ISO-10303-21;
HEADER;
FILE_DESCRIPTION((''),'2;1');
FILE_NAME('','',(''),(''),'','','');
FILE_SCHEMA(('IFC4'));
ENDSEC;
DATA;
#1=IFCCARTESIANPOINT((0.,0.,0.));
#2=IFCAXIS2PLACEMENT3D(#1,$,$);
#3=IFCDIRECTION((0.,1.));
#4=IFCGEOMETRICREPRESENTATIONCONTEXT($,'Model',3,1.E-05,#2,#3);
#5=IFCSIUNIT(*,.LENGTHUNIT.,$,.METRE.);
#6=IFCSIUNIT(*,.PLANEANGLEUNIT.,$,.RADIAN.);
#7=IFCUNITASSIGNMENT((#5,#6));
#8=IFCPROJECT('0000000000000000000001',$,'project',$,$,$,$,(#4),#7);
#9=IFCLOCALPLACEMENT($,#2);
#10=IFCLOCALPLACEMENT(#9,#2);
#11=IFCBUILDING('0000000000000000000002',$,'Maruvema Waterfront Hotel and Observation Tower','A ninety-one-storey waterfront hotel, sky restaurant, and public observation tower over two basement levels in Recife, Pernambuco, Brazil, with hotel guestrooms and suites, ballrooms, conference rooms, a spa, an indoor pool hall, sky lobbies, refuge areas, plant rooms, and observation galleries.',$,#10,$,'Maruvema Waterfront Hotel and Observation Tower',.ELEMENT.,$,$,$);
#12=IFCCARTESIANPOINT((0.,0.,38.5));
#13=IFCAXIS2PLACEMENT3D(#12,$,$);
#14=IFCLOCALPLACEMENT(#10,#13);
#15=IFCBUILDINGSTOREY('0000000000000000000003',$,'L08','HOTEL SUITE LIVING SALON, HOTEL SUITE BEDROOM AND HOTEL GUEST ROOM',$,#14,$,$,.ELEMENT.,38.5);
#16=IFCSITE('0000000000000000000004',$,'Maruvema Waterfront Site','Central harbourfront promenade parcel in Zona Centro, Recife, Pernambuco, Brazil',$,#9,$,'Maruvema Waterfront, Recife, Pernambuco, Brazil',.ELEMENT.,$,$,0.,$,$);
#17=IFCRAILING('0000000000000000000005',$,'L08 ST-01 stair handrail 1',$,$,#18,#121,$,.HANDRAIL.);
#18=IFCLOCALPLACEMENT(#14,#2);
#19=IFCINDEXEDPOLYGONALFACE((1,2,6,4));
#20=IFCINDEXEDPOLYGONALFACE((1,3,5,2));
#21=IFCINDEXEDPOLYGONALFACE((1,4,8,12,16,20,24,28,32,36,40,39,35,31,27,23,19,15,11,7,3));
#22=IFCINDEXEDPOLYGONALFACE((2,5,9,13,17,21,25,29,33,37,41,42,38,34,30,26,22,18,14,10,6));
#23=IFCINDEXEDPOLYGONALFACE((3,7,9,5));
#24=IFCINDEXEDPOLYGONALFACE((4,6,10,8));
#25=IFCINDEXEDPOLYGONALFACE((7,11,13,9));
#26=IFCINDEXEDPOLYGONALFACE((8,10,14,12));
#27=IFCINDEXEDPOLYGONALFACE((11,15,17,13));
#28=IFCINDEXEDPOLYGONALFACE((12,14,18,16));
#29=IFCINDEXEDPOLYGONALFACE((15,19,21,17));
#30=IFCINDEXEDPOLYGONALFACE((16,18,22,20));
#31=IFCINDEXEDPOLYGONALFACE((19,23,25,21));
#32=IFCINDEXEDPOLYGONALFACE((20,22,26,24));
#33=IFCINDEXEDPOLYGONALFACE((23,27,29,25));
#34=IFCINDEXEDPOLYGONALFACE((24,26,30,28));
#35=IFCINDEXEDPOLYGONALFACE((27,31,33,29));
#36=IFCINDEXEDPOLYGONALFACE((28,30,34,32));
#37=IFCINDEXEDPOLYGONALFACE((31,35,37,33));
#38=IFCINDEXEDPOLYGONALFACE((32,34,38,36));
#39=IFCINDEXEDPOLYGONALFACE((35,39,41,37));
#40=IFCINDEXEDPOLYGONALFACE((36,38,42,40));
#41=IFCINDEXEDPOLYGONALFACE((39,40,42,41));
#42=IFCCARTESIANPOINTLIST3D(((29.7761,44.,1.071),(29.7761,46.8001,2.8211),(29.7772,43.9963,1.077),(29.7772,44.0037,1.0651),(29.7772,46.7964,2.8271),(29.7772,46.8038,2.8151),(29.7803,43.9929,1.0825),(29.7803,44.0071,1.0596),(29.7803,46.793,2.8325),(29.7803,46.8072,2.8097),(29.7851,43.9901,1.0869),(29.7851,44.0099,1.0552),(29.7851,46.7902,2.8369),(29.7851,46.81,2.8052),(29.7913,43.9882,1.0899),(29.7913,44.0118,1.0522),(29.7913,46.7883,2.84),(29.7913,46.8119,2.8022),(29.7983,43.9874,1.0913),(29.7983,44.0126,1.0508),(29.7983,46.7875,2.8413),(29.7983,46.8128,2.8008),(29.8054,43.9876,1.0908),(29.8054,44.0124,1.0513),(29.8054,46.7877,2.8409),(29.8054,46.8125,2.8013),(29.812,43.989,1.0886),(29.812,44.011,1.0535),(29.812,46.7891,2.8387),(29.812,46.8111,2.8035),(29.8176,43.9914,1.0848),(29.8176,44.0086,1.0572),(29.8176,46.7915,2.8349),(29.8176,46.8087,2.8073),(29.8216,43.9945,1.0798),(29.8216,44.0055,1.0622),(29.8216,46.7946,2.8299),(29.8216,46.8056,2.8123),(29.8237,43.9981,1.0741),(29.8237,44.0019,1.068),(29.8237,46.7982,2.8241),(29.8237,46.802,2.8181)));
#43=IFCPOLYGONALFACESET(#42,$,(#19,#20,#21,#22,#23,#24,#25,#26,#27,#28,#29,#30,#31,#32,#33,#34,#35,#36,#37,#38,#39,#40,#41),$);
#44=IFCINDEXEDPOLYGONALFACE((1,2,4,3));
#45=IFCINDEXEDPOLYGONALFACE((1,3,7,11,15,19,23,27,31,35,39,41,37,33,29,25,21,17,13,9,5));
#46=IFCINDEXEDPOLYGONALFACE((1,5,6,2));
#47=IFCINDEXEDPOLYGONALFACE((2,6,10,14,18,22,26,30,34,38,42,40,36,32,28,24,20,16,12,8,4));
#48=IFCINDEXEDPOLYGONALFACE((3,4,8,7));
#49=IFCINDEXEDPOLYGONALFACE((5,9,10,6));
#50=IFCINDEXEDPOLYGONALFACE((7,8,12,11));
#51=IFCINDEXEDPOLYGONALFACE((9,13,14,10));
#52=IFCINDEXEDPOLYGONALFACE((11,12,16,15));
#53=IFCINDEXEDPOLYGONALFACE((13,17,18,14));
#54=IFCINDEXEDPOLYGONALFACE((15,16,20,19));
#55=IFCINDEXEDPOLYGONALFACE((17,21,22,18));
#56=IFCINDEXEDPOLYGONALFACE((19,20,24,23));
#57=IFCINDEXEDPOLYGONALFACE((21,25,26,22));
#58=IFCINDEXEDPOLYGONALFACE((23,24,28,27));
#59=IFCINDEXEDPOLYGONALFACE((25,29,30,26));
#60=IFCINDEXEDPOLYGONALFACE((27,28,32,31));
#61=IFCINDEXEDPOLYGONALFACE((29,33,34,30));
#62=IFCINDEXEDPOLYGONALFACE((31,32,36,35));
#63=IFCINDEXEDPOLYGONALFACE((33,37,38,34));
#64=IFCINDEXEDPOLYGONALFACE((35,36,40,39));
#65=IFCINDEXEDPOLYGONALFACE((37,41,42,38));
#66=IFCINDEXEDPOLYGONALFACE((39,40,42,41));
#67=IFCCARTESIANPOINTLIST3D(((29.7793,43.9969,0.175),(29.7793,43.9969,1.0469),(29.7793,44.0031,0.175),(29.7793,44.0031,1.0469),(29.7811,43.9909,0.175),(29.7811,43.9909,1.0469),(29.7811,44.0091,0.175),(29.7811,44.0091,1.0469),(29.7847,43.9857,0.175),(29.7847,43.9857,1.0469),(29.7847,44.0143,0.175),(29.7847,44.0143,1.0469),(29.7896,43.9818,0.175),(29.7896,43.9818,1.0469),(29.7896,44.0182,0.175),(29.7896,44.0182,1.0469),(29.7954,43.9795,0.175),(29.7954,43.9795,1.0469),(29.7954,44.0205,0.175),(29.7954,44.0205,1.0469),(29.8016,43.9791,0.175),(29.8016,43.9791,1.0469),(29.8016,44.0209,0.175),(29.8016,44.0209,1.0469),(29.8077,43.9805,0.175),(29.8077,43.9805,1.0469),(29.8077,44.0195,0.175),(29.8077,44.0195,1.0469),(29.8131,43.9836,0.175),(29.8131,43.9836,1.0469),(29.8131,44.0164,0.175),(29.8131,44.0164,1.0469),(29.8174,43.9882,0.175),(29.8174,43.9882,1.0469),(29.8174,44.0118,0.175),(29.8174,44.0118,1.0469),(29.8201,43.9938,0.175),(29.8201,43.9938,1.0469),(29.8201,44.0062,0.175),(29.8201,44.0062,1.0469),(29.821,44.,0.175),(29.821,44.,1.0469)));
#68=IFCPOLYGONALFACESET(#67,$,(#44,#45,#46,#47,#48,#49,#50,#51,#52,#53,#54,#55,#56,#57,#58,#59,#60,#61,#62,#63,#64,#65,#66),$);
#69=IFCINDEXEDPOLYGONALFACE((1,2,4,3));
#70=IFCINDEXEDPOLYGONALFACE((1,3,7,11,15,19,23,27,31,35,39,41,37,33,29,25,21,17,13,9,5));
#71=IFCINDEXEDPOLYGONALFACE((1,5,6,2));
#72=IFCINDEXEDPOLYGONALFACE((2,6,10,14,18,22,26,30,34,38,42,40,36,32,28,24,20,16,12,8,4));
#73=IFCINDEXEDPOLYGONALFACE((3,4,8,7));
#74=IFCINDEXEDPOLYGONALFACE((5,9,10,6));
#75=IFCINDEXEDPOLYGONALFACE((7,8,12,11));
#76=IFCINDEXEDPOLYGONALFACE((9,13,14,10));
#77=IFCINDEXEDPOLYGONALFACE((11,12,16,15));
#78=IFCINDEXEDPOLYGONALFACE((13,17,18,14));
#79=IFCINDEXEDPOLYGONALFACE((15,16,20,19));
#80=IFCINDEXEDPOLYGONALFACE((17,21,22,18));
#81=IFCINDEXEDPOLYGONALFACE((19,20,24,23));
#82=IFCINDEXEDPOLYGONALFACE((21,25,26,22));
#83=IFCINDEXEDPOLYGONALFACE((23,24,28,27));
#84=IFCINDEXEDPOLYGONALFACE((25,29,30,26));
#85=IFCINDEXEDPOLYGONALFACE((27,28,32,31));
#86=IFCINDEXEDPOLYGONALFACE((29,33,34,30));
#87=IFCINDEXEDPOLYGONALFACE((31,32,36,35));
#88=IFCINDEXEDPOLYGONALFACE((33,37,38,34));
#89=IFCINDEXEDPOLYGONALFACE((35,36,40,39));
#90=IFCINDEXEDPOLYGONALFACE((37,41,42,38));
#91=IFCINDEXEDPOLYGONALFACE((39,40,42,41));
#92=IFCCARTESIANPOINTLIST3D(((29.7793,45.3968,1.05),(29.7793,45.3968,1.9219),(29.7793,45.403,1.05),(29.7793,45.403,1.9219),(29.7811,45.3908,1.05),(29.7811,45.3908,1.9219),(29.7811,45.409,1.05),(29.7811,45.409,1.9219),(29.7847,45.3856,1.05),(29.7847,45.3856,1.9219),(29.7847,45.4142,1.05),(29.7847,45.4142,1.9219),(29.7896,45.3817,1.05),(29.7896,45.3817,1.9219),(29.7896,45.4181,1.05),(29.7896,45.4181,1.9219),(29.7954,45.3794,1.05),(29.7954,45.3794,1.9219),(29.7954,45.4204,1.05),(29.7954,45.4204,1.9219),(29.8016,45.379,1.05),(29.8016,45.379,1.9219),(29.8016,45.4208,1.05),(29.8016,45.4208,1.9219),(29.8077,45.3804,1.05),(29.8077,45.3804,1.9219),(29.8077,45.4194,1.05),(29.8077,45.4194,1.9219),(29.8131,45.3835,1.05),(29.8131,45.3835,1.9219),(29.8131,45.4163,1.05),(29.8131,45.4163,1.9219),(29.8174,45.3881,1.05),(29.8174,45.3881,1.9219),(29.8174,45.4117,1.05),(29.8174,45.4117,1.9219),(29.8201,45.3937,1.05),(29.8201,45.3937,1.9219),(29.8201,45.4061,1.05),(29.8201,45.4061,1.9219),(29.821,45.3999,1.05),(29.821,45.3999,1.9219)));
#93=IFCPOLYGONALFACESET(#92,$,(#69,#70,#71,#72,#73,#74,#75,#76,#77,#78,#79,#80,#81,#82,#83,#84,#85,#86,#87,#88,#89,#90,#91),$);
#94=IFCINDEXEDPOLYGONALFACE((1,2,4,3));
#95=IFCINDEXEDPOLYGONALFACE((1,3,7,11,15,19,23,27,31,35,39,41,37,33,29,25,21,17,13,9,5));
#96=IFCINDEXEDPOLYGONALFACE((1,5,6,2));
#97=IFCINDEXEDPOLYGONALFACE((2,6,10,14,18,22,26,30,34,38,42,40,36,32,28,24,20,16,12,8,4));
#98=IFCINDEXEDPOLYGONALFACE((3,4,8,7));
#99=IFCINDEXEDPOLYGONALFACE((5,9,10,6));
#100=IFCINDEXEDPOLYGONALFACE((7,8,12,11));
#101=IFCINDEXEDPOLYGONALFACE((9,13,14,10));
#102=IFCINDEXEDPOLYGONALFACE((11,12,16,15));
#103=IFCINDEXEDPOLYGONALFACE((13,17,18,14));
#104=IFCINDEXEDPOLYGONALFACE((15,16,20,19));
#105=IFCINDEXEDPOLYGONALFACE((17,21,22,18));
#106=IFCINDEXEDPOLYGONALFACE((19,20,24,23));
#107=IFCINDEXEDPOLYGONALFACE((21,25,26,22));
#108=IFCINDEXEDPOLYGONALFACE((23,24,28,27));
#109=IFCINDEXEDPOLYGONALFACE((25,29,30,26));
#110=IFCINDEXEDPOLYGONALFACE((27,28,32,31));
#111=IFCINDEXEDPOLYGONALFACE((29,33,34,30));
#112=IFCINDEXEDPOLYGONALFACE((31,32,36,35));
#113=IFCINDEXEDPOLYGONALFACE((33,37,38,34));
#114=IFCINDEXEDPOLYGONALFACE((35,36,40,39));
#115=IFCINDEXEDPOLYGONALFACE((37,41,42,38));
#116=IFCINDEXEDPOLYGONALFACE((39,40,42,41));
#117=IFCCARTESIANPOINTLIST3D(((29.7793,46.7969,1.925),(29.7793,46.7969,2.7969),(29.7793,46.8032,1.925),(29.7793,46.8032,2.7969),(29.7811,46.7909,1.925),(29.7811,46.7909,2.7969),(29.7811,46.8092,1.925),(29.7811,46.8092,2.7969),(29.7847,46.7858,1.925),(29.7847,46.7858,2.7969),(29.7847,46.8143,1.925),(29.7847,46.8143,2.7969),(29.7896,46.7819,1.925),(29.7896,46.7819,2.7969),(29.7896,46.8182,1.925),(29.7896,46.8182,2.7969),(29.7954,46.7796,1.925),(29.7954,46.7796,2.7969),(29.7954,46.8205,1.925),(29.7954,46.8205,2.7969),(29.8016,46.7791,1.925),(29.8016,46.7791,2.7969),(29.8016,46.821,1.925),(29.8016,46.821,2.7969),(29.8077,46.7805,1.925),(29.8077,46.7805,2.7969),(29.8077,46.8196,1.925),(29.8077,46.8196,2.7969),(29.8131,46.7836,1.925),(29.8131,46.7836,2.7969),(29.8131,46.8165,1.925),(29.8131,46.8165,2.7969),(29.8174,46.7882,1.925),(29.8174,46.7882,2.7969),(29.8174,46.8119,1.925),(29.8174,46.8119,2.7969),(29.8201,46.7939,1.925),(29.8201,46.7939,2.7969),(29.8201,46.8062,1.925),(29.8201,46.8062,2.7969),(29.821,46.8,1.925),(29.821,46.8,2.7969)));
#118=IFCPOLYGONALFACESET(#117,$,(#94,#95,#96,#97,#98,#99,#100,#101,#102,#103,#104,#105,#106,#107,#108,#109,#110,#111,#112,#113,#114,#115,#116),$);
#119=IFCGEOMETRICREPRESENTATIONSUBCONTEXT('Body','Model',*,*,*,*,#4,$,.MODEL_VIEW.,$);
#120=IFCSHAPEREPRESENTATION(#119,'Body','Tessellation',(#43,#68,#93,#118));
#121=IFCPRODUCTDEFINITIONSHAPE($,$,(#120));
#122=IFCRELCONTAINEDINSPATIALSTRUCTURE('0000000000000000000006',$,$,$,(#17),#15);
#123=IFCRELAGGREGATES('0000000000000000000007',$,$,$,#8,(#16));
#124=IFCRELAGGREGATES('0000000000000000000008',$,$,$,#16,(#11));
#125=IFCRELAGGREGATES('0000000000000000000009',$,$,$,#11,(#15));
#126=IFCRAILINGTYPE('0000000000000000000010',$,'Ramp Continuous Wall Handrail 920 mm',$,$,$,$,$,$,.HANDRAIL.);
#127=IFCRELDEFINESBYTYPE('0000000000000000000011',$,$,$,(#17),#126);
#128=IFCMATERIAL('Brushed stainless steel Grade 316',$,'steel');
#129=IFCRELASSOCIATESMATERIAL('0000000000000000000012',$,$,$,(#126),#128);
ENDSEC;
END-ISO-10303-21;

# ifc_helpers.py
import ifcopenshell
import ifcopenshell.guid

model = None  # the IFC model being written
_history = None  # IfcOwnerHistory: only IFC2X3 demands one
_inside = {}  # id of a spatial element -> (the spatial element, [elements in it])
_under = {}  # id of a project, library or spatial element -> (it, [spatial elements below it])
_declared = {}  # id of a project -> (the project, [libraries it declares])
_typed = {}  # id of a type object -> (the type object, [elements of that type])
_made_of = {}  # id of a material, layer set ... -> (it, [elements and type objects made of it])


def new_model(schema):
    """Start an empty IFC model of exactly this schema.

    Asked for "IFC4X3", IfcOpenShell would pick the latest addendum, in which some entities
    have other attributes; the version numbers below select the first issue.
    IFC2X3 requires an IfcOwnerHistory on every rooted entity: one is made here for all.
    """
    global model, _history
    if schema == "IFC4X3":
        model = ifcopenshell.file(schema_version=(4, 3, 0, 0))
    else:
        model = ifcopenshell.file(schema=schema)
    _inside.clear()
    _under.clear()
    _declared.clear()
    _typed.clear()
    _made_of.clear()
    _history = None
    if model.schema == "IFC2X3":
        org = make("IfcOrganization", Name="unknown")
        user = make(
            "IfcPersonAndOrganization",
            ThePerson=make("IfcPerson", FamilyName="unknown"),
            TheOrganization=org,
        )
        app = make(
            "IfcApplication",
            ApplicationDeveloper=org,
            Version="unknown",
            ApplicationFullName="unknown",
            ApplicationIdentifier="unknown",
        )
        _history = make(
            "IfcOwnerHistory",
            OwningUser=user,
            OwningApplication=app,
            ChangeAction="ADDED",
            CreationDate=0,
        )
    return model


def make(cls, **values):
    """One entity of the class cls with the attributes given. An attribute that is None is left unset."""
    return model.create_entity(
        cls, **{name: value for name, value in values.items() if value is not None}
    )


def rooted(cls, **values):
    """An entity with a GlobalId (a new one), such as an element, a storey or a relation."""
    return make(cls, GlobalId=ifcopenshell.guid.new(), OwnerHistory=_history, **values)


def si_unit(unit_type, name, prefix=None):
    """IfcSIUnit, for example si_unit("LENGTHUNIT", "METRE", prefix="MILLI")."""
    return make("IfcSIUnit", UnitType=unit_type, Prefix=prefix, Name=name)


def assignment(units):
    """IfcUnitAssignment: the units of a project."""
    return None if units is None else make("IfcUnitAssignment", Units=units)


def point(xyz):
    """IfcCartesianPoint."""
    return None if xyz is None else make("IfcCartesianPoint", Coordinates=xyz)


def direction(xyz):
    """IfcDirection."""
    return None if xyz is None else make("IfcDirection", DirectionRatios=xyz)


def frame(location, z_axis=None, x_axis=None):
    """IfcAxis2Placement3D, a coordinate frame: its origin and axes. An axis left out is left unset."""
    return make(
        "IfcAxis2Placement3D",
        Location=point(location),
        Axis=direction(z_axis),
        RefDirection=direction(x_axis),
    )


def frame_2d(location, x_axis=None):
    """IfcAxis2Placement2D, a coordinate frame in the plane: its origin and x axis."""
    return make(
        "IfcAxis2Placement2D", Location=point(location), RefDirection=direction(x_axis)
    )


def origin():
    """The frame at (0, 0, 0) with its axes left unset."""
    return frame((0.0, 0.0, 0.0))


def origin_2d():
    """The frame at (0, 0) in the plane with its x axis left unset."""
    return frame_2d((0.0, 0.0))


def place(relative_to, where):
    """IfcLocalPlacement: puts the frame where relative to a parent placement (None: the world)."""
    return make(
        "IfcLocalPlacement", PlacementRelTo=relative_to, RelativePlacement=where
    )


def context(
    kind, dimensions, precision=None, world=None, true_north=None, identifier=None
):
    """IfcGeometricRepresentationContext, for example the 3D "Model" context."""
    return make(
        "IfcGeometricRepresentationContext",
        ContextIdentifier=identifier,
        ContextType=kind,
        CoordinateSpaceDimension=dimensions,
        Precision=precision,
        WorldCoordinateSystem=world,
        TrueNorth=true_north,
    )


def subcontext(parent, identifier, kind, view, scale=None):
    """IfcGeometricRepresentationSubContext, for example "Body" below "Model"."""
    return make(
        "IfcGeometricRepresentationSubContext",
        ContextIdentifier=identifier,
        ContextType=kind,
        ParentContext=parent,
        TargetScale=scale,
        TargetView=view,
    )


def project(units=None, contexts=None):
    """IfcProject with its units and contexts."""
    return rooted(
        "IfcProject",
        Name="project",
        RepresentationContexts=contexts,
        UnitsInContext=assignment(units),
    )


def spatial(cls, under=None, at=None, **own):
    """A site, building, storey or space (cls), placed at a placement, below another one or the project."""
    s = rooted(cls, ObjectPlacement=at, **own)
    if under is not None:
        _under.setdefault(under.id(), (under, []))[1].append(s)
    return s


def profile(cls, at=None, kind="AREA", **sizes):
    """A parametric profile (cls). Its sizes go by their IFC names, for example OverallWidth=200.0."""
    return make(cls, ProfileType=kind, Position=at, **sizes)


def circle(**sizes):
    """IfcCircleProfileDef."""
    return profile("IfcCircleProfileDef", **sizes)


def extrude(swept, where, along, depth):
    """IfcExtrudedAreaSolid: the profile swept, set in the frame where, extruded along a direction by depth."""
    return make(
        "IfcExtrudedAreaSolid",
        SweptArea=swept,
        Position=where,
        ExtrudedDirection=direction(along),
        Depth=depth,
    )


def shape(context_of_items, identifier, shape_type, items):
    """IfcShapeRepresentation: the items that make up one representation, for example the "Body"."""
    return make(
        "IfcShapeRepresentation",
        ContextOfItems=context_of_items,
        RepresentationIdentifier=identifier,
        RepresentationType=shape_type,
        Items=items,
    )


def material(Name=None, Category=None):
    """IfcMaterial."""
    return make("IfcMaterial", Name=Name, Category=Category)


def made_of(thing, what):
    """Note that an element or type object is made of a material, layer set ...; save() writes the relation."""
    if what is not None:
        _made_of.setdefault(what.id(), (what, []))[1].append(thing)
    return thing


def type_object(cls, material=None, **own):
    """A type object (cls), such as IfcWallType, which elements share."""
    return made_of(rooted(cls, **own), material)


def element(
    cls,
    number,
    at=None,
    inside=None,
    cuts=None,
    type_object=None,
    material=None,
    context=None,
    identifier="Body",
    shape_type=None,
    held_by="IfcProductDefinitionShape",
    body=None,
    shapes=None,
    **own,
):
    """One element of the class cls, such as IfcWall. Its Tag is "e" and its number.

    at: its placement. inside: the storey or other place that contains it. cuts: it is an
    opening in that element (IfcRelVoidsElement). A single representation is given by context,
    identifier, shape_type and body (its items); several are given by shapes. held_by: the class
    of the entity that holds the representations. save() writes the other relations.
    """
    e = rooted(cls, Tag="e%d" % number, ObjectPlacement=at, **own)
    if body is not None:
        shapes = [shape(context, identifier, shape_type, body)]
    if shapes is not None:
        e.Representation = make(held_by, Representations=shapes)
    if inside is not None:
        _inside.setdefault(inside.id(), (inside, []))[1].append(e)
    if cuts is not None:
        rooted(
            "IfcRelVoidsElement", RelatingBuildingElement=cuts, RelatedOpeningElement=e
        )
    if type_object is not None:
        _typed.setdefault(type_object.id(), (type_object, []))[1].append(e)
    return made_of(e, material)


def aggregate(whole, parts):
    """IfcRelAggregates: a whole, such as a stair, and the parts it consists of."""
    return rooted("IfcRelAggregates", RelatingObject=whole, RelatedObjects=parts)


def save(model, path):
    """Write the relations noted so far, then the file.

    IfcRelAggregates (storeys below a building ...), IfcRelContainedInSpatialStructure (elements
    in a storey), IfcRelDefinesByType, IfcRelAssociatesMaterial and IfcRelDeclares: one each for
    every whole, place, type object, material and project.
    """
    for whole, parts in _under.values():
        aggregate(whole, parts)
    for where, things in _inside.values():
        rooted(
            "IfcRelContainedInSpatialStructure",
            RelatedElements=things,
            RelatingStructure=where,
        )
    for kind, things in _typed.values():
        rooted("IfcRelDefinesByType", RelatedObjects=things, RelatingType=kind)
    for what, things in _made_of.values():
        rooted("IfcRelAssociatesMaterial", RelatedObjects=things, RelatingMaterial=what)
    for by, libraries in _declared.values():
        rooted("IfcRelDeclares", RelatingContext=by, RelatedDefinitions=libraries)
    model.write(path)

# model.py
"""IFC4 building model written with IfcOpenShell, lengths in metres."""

from ifc_helpers import new_model, si_unit, direction, frame, origin, origin_2d, place, context, subcontext, project, spatial, circle, extrude, material, type_object, element, save


model = new_model("IFC4")

# Units and contexts
model_context = context("Model", 3, precision=1e-05, world=origin(), true_north=direction((0.0, 1.0)))
body_context = subcontext(model_context, "Body", "Model", "MODEL_VIEW")
ifc_project = project(units=[si_unit("LENGTHUNIT", "METRE"), si_unit("PLANEANGLEUNIT", "RADIAN")], contexts=[model_context])

# Site, building, storey
site_placement = place(None, origin())
site = spatial("IfcSite", under=ifc_project, at=site_placement, Name="Maruvema Waterfront Site", Description="Central harbourfront promenade parcel in Zona Centro, Recife, Pernambuco, Brazil", LongName="Maruvema Waterfront, Recife, Pernambuco, Brazil", CompositionType="ELEMENT", RefElevation=0.0)
building_placement = place(site_placement, origin())
building = spatial("IfcBuilding", under=site, at=building_placement, Name="Maruvema Waterfront Hotel and Observation Tower", Description="A ninety-one-storey waterfront hotel, sky restaurant, and public observation tower over two basement levels in Recife, Pernambuco, Brazil, with hotel guestrooms and suites, ballrooms, conference rooms, a spa, an indoor pool hall, sky lobbies, refuge areas, plant rooms, and observation galleries.", LongName="Maruvema Waterfront Hotel and Observation Tower", CompositionType="ELEMENT")
storey_placement = place(building_placement, frame((0.0, 0.0, 38.5)))
storey = spatial("IfcBuildingStorey", under=building, at=storey_placement, Name="L08", Description="HOTEL SUITE LIVING SALON, HOTEL SUITE BEDROOM AND HOTEL GUEST ROOM", CompositionType="ELEMENT", Elevation=38.5)

# Railing
ifc_material_1 = material(Name="Brushed stainless steel Grade 316", Category="steel")
railing_type_1 = type_object("IfcRailingType", Name="Ramp Continuous Wall Handrail 920 mm", PredefinedType="HANDRAIL", material=ifc_material_1)
railing_1_placement = place(storey_placement, frame((29.8, 44.0, 0.175)))
element("IfcRailing", 1, at=railing_1_placement, inside=storey, type_object=railing_type_1, Name="L08 ST-01 stair handrail 1", PredefinedType="HANDRAIL", context=body_context, shape_type="SweptSolid", body=[
    extrude(circle(Radius=0.0239, at=origin_2d()), frame((0.0, 0.0, 0.896), z_axis=(0.0, 0.848002, 0.529992), x_axis=(-1.0, 0.0, 0.0)), (0.0, 0.0, 1.0), 3.302),
    extrude(circle(Radius=0.021, at=origin_2d()), origin(), (0.0, 0.0, 1.0), 0.8718),
    extrude(circle(Radius=0.021, at=origin_2d()), frame((0.0, 1.3999, 0.875)), (0.0, 0.0, 1.0), 0.8718),
    extrude(circle(Radius=0.021, at=origin_2d()), frame((0.0, 2.8, 1.75)), (0.0, 0.0, 1.0), 0.8718),
])

save(model, "model.ifc")
